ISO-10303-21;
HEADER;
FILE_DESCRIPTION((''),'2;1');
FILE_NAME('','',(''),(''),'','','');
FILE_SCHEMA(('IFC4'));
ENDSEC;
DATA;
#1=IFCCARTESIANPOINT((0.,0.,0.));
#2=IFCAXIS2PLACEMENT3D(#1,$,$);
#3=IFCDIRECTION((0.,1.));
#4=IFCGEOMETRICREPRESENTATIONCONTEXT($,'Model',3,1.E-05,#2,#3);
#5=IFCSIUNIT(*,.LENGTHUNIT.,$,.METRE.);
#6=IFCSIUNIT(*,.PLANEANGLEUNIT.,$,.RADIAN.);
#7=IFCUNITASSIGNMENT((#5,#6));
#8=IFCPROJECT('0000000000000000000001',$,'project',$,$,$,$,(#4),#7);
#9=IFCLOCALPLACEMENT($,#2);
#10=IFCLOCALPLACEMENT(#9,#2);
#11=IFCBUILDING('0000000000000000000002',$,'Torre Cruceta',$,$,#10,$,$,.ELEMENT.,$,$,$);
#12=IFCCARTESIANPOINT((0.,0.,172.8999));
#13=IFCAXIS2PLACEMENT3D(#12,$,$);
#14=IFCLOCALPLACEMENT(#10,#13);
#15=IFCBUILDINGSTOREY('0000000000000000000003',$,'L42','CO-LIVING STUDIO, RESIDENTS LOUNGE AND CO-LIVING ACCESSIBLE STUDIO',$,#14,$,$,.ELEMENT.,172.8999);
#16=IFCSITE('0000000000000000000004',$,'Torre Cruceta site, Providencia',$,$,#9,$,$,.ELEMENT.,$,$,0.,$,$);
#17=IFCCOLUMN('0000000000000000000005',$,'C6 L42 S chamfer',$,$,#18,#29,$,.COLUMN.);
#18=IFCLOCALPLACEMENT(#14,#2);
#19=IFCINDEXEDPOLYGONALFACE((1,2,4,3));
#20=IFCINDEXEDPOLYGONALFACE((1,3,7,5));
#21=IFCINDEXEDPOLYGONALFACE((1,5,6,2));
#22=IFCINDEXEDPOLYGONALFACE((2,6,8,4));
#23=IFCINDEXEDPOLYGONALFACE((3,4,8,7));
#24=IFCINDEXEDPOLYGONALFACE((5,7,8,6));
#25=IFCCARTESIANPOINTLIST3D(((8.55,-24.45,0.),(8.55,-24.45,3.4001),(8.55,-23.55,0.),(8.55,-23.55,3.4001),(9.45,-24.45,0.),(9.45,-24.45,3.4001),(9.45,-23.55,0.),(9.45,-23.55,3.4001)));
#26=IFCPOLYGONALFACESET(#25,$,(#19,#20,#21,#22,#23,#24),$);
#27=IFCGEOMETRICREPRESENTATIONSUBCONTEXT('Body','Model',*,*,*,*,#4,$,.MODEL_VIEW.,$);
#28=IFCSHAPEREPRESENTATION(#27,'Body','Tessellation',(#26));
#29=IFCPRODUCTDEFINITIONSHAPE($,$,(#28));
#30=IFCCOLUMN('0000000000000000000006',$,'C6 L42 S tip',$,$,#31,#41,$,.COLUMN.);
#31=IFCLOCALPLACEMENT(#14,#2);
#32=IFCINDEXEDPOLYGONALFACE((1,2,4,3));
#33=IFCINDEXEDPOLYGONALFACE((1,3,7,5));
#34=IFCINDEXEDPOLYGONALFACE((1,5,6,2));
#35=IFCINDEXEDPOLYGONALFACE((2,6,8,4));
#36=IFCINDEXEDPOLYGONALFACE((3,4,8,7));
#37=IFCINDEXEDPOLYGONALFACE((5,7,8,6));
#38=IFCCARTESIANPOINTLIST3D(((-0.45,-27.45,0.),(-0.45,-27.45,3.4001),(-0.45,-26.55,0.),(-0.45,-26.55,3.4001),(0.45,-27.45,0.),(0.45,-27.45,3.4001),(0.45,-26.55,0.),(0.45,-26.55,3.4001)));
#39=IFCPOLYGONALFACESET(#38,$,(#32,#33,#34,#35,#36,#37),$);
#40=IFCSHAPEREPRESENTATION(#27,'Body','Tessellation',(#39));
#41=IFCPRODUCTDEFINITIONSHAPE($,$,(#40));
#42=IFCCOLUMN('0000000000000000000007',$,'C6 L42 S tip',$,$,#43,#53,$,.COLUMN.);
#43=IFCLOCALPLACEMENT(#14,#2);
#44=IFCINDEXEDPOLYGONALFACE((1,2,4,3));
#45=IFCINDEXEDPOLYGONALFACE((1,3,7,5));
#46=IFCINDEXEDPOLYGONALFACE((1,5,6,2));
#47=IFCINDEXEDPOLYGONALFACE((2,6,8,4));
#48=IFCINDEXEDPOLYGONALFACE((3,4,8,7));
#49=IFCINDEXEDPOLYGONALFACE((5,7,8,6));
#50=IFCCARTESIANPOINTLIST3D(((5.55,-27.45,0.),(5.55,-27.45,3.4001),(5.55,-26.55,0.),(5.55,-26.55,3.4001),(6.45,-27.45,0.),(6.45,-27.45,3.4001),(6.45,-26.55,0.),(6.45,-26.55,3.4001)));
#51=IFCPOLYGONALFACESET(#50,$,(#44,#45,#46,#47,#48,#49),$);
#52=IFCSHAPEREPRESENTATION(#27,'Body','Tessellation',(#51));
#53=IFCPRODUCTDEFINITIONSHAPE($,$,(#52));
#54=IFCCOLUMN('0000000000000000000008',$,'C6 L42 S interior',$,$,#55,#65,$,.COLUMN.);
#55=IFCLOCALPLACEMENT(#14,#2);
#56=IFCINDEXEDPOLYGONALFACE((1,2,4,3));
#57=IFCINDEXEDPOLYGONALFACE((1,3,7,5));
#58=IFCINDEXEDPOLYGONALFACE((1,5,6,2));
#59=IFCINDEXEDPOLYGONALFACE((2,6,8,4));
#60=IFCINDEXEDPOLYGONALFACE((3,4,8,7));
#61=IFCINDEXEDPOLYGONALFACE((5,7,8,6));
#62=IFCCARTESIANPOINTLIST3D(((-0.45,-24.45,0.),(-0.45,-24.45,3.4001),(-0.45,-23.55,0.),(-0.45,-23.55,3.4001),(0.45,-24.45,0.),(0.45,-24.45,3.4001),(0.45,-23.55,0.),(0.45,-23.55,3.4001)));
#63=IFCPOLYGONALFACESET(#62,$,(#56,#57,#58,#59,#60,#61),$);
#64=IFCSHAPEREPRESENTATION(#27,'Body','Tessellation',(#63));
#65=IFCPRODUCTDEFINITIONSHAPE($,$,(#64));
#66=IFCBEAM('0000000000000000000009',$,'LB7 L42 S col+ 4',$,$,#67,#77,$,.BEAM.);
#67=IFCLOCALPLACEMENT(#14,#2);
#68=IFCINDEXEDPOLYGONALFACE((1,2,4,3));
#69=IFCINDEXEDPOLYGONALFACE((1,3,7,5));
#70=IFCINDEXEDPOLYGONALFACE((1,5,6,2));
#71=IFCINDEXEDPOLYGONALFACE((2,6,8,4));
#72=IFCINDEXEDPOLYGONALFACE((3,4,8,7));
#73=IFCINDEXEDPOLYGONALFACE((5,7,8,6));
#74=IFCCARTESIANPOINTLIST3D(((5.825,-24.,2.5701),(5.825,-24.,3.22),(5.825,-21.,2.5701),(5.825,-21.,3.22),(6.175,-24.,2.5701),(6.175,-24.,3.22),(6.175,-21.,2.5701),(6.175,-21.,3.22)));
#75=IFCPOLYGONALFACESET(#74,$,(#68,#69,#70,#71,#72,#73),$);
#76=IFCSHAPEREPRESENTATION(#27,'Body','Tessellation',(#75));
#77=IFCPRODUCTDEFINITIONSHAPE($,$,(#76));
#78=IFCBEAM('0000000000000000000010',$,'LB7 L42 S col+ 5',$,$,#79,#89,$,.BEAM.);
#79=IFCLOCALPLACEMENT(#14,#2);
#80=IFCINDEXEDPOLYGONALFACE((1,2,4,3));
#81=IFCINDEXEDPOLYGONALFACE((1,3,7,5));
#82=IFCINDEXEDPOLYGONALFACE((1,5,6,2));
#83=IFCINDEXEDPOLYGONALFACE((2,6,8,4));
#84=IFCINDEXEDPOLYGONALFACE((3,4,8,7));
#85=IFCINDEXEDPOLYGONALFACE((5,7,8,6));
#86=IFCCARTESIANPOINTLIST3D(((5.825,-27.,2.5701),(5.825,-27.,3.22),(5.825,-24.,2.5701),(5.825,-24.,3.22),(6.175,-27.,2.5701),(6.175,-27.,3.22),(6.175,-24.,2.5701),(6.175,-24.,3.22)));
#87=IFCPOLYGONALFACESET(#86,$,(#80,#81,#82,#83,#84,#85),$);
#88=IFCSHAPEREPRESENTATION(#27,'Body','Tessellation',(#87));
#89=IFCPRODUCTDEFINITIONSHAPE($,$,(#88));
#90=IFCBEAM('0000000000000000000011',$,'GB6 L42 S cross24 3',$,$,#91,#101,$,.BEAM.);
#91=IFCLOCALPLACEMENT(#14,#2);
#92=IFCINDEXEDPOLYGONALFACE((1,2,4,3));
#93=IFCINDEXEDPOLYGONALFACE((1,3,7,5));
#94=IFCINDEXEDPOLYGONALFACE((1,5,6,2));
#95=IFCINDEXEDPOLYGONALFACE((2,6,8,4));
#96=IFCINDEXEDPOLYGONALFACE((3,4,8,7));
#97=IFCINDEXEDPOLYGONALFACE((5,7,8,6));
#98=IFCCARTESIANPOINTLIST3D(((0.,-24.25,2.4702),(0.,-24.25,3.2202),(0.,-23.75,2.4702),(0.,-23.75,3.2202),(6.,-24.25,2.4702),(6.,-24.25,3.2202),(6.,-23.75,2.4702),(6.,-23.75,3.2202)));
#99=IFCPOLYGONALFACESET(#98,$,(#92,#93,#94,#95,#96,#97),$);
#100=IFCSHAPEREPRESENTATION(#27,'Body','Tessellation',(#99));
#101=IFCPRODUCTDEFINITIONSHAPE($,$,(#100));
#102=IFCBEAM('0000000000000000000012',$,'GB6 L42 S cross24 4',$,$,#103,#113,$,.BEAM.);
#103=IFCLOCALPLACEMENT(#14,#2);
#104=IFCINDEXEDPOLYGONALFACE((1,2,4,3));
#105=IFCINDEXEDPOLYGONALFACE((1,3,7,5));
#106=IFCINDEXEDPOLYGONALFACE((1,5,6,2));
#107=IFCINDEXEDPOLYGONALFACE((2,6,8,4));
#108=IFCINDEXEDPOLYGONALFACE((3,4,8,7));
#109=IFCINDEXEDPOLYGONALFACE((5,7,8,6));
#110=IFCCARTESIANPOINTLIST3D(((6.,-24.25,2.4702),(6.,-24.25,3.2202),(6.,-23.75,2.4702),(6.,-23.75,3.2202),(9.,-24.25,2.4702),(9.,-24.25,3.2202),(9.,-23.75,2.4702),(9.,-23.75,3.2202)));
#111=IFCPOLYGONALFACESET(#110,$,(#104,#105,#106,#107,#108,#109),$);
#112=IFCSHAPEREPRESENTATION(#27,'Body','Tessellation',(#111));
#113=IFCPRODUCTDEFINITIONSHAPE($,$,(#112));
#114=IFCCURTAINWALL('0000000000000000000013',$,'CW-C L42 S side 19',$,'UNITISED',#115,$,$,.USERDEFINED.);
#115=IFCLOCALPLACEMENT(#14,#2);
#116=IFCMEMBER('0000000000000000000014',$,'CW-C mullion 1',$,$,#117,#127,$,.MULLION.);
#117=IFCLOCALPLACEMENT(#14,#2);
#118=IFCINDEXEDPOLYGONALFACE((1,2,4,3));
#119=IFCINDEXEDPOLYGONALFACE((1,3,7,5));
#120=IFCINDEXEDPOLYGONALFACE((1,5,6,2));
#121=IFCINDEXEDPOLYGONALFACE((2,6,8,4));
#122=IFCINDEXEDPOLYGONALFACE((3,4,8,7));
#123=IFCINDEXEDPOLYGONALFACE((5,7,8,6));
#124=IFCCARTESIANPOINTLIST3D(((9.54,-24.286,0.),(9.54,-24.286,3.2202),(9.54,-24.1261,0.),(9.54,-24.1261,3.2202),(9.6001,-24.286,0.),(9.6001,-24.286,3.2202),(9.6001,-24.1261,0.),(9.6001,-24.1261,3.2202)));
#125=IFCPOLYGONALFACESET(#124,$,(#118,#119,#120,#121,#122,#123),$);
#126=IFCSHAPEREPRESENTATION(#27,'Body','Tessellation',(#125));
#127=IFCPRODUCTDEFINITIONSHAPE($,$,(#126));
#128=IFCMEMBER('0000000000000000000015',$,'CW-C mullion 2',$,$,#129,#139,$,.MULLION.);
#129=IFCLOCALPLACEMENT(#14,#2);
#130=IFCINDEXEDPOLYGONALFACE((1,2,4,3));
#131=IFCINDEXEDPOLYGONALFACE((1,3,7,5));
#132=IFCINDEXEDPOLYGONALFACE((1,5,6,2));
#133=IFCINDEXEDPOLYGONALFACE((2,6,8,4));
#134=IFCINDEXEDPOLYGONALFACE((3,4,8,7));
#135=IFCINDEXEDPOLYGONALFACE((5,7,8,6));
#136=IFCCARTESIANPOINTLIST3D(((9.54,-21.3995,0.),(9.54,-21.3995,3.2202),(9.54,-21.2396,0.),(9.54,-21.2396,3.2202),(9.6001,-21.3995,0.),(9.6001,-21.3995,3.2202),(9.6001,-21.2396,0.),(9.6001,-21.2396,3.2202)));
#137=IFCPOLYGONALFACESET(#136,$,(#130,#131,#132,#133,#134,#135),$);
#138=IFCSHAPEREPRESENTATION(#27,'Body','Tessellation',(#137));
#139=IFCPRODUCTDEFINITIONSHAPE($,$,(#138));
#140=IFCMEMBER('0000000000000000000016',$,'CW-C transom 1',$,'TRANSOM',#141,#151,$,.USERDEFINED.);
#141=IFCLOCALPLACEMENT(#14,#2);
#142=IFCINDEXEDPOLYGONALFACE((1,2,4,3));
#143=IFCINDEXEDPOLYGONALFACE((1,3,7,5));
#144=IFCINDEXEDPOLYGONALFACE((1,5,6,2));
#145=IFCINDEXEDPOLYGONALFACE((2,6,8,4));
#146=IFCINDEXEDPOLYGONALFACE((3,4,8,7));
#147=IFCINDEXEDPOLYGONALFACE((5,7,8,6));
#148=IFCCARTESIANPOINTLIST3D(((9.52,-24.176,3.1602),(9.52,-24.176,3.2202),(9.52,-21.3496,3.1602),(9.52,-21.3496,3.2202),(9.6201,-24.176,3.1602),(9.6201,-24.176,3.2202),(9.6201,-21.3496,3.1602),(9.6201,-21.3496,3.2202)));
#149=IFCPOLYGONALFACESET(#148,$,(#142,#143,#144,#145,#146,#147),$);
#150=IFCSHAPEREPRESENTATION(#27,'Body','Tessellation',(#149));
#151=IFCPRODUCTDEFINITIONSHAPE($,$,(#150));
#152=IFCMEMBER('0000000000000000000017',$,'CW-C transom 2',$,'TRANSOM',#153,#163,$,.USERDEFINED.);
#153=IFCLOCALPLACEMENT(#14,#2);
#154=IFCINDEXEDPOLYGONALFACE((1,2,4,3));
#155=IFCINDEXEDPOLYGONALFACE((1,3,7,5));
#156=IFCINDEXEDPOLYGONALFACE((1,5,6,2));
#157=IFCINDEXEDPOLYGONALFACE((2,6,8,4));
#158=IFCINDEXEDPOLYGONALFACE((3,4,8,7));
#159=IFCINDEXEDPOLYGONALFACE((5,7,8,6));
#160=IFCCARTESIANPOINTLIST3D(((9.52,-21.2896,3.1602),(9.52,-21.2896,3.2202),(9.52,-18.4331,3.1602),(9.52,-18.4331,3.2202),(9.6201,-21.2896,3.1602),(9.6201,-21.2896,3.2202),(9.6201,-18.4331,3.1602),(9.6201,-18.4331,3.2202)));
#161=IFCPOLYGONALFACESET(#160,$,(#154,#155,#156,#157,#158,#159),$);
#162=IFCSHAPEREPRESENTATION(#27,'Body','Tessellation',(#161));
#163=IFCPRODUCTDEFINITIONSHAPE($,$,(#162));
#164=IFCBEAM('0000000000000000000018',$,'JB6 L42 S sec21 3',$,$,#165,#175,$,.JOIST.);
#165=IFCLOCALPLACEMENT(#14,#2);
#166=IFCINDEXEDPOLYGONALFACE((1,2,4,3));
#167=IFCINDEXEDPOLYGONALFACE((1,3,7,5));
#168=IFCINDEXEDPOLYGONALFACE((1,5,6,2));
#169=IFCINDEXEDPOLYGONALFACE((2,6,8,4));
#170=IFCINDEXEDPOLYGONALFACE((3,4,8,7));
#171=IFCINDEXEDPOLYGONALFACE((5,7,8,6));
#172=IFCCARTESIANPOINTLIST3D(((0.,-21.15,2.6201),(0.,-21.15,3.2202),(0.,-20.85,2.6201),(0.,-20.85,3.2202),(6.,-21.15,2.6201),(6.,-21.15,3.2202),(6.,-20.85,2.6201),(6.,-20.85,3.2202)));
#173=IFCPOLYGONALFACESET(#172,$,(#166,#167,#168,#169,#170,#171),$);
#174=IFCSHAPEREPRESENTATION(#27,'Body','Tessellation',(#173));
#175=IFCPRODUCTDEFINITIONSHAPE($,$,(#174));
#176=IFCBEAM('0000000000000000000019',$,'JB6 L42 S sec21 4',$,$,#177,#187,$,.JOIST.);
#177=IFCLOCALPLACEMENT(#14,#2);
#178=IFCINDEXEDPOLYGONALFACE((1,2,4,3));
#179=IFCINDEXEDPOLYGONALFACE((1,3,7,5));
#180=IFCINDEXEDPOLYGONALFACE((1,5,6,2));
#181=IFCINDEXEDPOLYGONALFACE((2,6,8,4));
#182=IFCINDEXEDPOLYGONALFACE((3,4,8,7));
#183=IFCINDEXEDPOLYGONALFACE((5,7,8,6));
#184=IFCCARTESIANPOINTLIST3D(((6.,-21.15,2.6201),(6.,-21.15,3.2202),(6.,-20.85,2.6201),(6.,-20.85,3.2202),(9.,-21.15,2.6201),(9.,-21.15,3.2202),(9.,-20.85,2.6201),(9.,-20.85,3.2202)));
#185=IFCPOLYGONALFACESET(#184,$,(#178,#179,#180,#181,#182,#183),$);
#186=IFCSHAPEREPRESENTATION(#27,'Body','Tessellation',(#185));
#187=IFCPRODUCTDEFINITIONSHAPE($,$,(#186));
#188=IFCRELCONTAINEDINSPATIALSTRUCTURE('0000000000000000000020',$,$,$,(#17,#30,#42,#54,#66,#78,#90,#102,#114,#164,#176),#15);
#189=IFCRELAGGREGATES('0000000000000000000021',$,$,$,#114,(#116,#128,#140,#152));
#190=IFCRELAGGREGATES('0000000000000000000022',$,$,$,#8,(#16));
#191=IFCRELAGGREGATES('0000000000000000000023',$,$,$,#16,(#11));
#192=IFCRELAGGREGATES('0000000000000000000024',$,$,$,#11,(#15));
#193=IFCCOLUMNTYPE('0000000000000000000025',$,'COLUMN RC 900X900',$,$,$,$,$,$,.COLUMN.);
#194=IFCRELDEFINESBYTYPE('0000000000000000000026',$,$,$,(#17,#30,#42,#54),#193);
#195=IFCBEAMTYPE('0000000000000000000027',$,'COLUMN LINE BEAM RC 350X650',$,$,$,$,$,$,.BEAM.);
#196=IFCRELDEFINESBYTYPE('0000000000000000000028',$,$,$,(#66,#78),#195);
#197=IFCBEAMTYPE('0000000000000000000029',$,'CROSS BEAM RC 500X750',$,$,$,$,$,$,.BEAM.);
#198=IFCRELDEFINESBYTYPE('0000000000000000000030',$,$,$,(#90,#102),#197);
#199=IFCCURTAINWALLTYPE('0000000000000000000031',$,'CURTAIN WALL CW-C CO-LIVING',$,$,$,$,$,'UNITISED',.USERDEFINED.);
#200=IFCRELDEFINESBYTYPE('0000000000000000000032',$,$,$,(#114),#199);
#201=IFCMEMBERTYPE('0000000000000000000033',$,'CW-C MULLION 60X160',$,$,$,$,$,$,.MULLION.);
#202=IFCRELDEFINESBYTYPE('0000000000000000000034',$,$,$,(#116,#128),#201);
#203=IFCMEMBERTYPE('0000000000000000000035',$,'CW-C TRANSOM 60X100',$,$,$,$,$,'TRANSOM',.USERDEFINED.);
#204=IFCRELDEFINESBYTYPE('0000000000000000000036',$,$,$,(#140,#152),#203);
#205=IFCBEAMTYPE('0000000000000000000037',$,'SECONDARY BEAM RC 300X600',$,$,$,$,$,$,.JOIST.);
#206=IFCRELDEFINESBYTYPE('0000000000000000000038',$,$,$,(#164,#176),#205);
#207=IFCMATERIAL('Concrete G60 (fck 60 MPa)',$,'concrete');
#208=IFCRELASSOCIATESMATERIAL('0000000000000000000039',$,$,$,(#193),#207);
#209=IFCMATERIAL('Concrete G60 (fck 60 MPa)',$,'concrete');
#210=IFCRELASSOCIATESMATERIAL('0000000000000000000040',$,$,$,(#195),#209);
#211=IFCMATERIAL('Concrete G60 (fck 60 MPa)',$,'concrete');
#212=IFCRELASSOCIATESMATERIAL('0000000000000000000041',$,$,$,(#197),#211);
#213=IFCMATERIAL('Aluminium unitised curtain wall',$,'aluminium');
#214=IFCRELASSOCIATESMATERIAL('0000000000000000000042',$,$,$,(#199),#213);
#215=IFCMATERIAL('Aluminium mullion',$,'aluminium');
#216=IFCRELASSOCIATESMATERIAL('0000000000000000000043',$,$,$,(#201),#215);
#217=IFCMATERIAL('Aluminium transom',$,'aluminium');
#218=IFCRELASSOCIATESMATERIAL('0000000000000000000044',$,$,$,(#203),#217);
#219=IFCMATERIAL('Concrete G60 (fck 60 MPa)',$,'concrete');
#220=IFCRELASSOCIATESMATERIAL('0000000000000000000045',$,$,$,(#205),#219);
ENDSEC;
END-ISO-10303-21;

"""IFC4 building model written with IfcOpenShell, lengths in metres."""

from ifc_helpers import new_model, si_unit, direction, frame, origin, origin_2d, place, context, subcontext, project, spatial, rectangle, extrude, material, material_profile, profile_set, type_object, element, aggregate, save


model = new_model("IFC4")

# Units and contexts
model_context = context("Model", 3, precision=1e-05, world=origin(), true_north=direction((0.0, 1.0)))
body_context = subcontext(model_context, "Body", "Model", "MODEL_VIEW")
ifc_project = project(units=[si_unit("LENGTHUNIT", "METRE"), si_unit("PLANEANGLEUNIT", "RADIAN")], contexts=[model_context])

# Site, building, storey
site_placement = place(None, origin())
site = spatial("IfcSite", under=ifc_project, at=site_placement, Name="Torre Cruceta site, Providencia", CompositionType="ELEMENT", RefElevation=0.0)
building_placement = place(site_placement, origin())
building = spatial("IfcBuilding", under=site, at=building_placement, Name="Torre Cruceta", CompositionType="ELEMENT")
storey_placement = place(building_placement, frame((0.0, 0.0, 172.8999)))
storey = spatial("IfcBuildingStorey", under=building, at=storey_placement, Name="L42", Description="CO-LIVING STUDIO, RESIDENTS LOUNGE AND CO-LIVING ACCESSIBLE STUDIO", CompositionType="ELEMENT", Elevation=172.8999)

# Columns
ifc_material_1 = material(Name="Concrete G60 (fck 60 MPa)", Category="concrete")
ifc_material_profile_1 = material_profile(ifc_material_1, rectangle(XDim=0.8999, YDim=0.8999, at=origin_2d()), Name="RC 900X900")
ifc_profile_set_1 = profile_set([ifc_material_profile_1], Name="Concrete G60 (fck 60 MPa)")
column_type = type_object("IfcColumnType", Name="COLUMN RC 900X900", PredefinedType="COLUMN", material=ifc_profile_set_1)
for number, where, z_axis, x_axis, name in (
    (1, (9.0, -24.0, 0.0), (0.0, 0.0, 1.0), (1.0, 0.0, 0.0), "C6 L42 S chamfer"),
    (2, (0.0, -27.0, 0.0), (0.0, 0.0, 1.0), (1.0, 0.0, 0.0), "C6 L42 S tip"),
    (3, (6.0, -27.0, 0.0), (0.0, 0.0, 1.0), (1.0, 0.0, 0.0), "C6 L42 S tip"),
    (4, (0.0, -24.0, 0.0), (0.0, 0.0, 1.0), (1.0, 0.0, 0.0), "C6 L42 S interior"),
):
    element("IfcColumn", number, at=place(storey_placement, frame(where, z_axis=z_axis, x_axis=x_axis)), inside=storey, type_object=column_type, Name=name, PredefinedType="COLUMN", context=body_context, shape_type="SweptSolid", body=[
        extrude(rectangle(XDim=0.8999, YDim=0.8999, at=origin_2d()), origin(), (0.0, 0.0, 1.0), 3.4001),
    ])

# Beams
ifc_material_2 = material(Name="Concrete G60 (fck 60 MPa)", Category="concrete")
ifc_material_profile_2 = material_profile(ifc_material_2, rectangle(XDim=0.3501, YDim=0.6499, at=origin_2d()), Name="RC 350X650")
ifc_profile_set_2 = profile_set([ifc_material_profile_2], Name="Concrete G60 (fck 60 MPa)")
beam_type_1 = type_object("IfcBeamType", Name="COLUMN LINE BEAM RC 350X650", PredefinedType="BEAM", material=ifc_profile_set_2)
for number, where, z_axis, x_axis, name in (
    (5, (6.0, -21.0, 2.895), (0.0, -1.0, 0.0), (1.0, 0.0, 0.0), "LB7 L42 S col+ 4"),
    (6, (6.0, -24.0, 2.895), (0.0, -1.0, 0.0), (1.0, 0.0, 0.0), "LB7 L42 S col+ 5"),
):
    element("IfcBeam", number, at=place(storey_placement, frame(where, z_axis=z_axis, x_axis=x_axis)), inside=storey, type_object=beam_type_1, Name=name, PredefinedType="BEAM", context=body_context, shape_type="SweptSolid", body=[
        extrude(rectangle(XDim=0.3501, YDim=0.6499, at=origin_2d()), origin(), (0.0, 0.0, 1.0), 3.0),
    ])
ifc_material_3 = material(Name="Concrete G60 (fck 60 MPa)", Category="concrete")
ifc_material_profile_3 = material_profile(ifc_material_3, rectangle(XDim=0.5, YDim=0.75, at=origin_2d()), Name="RC 500X750")
ifc_profile_set_3 = profile_set([ifc_material_profile_3], Name="Concrete G60 (fck 60 MPa)")
beam_type_2 = type_object("IfcBeamType", Name="CROSS BEAM RC 500X750", PredefinedType="BEAM", material=ifc_profile_set_3)
beam_1_placement = place(storey_placement, frame((0.0, -24.0, 2.8452), z_axis=(1.0, 0.0, 0.0), x_axis=(0.0, 1.0, 0.0)))
element("IfcBeam", 7, at=beam_1_placement, inside=storey, type_object=beam_type_2, Name="GB6 L42 S cross24 3", PredefinedType="BEAM", context=body_context, shape_type="SweptSolid", body=[
    extrude(rectangle(XDim=0.5, YDim=0.75, at=origin_2d()), origin(), (0.0, 0.0, 1.0), 6.0),
])
beam_2_placement = place(storey_placement, frame((6.0, -24.0, 2.8452), z_axis=(1.0, 0.0, 0.0), x_axis=(0.0, 1.0, 0.0)))
element("IfcBeam", 8, at=beam_2_placement, inside=storey, type_object=beam_type_2, Name="GB6 L42 S cross24 4", PredefinedType="BEAM", context=body_context, shape_type="SweptSolid", body=[
    extrude(rectangle(XDim=0.5, YDim=0.75, at=origin_2d()), origin(), (0.0, 0.0, 1.0), 3.0),
])

# Curtain wall, members
ifc_material_4 = material(Name="Aluminium unitised curtain wall", Category="aluminium")
curtain_wall_type = type_object("IfcCurtainWallType", Name="CURTAIN WALL CW-C CO-LIVING", ElementType="UNITISED", PredefinedType="USERDEFINED", material=ifc_material_4)
curtain_wall_placement = place(storey_placement, origin())
curtain_wall = element("IfcCurtainWall", 9, at=curtain_wall_placement, inside=storey, type_object=curtain_wall_type, Name="CW-C L42 S side 19", ObjectType="UNITISED", PredefinedType="USERDEFINED")
ifc_material_5 = material(Name="Aluminium mullion", Category="aluminium")
ifc_material_profile_4 = material_profile(ifc_material_5, rectangle(XDim=0.0601, YDim=0.1599, at=origin_2d()), Name="AL 60X160")
ifc_profile_set_4 = profile_set([ifc_material_profile_4], Name="Aluminium mullion")
member_type_1 = type_object("IfcMemberType", Name="CW-C MULLION 60X160", PredefinedType="MULLION", material=ifc_profile_set_4)
member_1_placement = place(storey_placement, frame((9.5701, -24.2061, 0.0), z_axis=(0.0, 0.0, 1.0), x_axis=(-1.0, 0.0, 0.0)))
member_1 = element("IfcMember", 10, at=member_1_placement, type_object=member_type_1, Name="CW-C mullion 1", PredefinedType="MULLION", context=body_context, shape_type="SweptSolid", body=[
    extrude(rectangle(XDim=0.0601, YDim=0.1599, at=origin_2d()), origin(), (0.0, 0.0, 1.0), 3.2202),
])
member_2_placement = place(storey_placement, frame((9.5701, -21.3196, 0.0), z_axis=(0.0, 0.0, 1.0), x_axis=(-1.0, 0.0, 0.0)))
member_2 = element("IfcMember", 11, at=member_2_placement, type_object=member_type_1, Name="CW-C mullion 2", PredefinedType="MULLION", context=body_context, shape_type="SweptSolid", body=[
    extrude(rectangle(XDim=0.0601, YDim=0.1599, at=origin_2d()), origin(), (0.0, 0.0, 1.0), 3.2202),
])
ifc_material_6 = material(Name="Aluminium transom", Category="aluminium")
ifc_material_profile_5 = material_profile(ifc_material_6, rectangle(XDim=0.1001, YDim=0.0601, at=origin_2d()), Name="AL 100X60")
ifc_profile_set_5 = profile_set([ifc_material_profile_5], Name="Aluminium transom")
member_type_2 = type_object("IfcMemberType", Name="CW-C TRANSOM 60X100", ElementType="TRANSOM", PredefinedType="USERDEFINED", material=ifc_profile_set_5)
member_3_placement = place(storey_placement, frame((9.5701, -24.176, 3.1902), z_axis=(0.0, 1.0, 0.0), x_axis=(-1.0, 0.0, 0.0)))
member_3 = element("IfcMember", 12, at=member_3_placement, type_object=member_type_2, Name="CW-C transom 1", ObjectType="TRANSOM", PredefinedType="USERDEFINED", context=body_context, shape_type="SweptSolid", body=[
    extrude(rectangle(XDim=0.1001, YDim=0.0601, at=origin_2d()), origin(), (0.0, 0.0, 1.0), 2.8264),
])
member_4_placement = place(storey_placement, frame((9.5701, -21.2896, 3.1902), z_axis=(0.0, 1.0, 0.0), x_axis=(-1.0, 0.0, 0.0)))
member_4 = element("IfcMember", 13, at=member_4_placement, type_object=member_type_2, Name="CW-C transom 2", ObjectType="TRANSOM", PredefinedType="USERDEFINED", context=body_context, shape_type="SweptSolid", body=[
    extrude(rectangle(XDim=0.1001, YDim=0.0601, at=origin_2d()), origin(), (0.0, 0.0, 1.0), 2.8564),
])

# Beams
ifc_material_7 = material(Name="Concrete G60 (fck 60 MPa)", Category="concrete")
ifc_material_profile_6 = material_profile(ifc_material_7, rectangle(XDim=0.3, YDim=0.6001, at=origin_2d()), Name="RC 300X600")
ifc_profile_set_6 = profile_set([ifc_material_profile_6], Name="Concrete G60 (fck 60 MPa)")
beam_type_3 = type_object("IfcBeamType", Name="SECONDARY BEAM RC 300X600", PredefinedType="JOIST", material=ifc_profile_set_6)
beam_3_placement = place(storey_placement, frame((0.0, -21.0, 2.9202), z_axis=(1.0, 0.0, 0.0), x_axis=(0.0, 1.0, 0.0)))
element("IfcBeam", 14, at=beam_3_placement, inside=storey, type_object=beam_type_3, Name="JB6 L42 S sec21 3", PredefinedType="JOIST", context=body_context, shape_type="SweptSolid", body=[
    extrude(rectangle(XDim=0.3, YDim=0.6001, at=origin_2d()), origin(), (0.0, 0.0, 1.0), 6.0),
])
beam_4_placement = place(storey_placement, frame((6.0, -21.0, 2.9202), z_axis=(1.0, 0.0, 0.0), x_axis=(0.0, 1.0, 0.0)))
element("IfcBeam", 15, at=beam_4_placement, inside=storey, type_object=beam_type_3, Name="JB6 L42 S sec21 4", PredefinedType="JOIST", context=body_context, shape_type="SweptSolid", body=[
    extrude(rectangle(XDim=0.3, YDim=0.6001, at=origin_2d()), origin(), (0.0, 0.0, 1.0), 3.0),
])

aggregate(curtain_wall, [member_1, member_2, member_3, member_4])

save(model, "model.ifc")
